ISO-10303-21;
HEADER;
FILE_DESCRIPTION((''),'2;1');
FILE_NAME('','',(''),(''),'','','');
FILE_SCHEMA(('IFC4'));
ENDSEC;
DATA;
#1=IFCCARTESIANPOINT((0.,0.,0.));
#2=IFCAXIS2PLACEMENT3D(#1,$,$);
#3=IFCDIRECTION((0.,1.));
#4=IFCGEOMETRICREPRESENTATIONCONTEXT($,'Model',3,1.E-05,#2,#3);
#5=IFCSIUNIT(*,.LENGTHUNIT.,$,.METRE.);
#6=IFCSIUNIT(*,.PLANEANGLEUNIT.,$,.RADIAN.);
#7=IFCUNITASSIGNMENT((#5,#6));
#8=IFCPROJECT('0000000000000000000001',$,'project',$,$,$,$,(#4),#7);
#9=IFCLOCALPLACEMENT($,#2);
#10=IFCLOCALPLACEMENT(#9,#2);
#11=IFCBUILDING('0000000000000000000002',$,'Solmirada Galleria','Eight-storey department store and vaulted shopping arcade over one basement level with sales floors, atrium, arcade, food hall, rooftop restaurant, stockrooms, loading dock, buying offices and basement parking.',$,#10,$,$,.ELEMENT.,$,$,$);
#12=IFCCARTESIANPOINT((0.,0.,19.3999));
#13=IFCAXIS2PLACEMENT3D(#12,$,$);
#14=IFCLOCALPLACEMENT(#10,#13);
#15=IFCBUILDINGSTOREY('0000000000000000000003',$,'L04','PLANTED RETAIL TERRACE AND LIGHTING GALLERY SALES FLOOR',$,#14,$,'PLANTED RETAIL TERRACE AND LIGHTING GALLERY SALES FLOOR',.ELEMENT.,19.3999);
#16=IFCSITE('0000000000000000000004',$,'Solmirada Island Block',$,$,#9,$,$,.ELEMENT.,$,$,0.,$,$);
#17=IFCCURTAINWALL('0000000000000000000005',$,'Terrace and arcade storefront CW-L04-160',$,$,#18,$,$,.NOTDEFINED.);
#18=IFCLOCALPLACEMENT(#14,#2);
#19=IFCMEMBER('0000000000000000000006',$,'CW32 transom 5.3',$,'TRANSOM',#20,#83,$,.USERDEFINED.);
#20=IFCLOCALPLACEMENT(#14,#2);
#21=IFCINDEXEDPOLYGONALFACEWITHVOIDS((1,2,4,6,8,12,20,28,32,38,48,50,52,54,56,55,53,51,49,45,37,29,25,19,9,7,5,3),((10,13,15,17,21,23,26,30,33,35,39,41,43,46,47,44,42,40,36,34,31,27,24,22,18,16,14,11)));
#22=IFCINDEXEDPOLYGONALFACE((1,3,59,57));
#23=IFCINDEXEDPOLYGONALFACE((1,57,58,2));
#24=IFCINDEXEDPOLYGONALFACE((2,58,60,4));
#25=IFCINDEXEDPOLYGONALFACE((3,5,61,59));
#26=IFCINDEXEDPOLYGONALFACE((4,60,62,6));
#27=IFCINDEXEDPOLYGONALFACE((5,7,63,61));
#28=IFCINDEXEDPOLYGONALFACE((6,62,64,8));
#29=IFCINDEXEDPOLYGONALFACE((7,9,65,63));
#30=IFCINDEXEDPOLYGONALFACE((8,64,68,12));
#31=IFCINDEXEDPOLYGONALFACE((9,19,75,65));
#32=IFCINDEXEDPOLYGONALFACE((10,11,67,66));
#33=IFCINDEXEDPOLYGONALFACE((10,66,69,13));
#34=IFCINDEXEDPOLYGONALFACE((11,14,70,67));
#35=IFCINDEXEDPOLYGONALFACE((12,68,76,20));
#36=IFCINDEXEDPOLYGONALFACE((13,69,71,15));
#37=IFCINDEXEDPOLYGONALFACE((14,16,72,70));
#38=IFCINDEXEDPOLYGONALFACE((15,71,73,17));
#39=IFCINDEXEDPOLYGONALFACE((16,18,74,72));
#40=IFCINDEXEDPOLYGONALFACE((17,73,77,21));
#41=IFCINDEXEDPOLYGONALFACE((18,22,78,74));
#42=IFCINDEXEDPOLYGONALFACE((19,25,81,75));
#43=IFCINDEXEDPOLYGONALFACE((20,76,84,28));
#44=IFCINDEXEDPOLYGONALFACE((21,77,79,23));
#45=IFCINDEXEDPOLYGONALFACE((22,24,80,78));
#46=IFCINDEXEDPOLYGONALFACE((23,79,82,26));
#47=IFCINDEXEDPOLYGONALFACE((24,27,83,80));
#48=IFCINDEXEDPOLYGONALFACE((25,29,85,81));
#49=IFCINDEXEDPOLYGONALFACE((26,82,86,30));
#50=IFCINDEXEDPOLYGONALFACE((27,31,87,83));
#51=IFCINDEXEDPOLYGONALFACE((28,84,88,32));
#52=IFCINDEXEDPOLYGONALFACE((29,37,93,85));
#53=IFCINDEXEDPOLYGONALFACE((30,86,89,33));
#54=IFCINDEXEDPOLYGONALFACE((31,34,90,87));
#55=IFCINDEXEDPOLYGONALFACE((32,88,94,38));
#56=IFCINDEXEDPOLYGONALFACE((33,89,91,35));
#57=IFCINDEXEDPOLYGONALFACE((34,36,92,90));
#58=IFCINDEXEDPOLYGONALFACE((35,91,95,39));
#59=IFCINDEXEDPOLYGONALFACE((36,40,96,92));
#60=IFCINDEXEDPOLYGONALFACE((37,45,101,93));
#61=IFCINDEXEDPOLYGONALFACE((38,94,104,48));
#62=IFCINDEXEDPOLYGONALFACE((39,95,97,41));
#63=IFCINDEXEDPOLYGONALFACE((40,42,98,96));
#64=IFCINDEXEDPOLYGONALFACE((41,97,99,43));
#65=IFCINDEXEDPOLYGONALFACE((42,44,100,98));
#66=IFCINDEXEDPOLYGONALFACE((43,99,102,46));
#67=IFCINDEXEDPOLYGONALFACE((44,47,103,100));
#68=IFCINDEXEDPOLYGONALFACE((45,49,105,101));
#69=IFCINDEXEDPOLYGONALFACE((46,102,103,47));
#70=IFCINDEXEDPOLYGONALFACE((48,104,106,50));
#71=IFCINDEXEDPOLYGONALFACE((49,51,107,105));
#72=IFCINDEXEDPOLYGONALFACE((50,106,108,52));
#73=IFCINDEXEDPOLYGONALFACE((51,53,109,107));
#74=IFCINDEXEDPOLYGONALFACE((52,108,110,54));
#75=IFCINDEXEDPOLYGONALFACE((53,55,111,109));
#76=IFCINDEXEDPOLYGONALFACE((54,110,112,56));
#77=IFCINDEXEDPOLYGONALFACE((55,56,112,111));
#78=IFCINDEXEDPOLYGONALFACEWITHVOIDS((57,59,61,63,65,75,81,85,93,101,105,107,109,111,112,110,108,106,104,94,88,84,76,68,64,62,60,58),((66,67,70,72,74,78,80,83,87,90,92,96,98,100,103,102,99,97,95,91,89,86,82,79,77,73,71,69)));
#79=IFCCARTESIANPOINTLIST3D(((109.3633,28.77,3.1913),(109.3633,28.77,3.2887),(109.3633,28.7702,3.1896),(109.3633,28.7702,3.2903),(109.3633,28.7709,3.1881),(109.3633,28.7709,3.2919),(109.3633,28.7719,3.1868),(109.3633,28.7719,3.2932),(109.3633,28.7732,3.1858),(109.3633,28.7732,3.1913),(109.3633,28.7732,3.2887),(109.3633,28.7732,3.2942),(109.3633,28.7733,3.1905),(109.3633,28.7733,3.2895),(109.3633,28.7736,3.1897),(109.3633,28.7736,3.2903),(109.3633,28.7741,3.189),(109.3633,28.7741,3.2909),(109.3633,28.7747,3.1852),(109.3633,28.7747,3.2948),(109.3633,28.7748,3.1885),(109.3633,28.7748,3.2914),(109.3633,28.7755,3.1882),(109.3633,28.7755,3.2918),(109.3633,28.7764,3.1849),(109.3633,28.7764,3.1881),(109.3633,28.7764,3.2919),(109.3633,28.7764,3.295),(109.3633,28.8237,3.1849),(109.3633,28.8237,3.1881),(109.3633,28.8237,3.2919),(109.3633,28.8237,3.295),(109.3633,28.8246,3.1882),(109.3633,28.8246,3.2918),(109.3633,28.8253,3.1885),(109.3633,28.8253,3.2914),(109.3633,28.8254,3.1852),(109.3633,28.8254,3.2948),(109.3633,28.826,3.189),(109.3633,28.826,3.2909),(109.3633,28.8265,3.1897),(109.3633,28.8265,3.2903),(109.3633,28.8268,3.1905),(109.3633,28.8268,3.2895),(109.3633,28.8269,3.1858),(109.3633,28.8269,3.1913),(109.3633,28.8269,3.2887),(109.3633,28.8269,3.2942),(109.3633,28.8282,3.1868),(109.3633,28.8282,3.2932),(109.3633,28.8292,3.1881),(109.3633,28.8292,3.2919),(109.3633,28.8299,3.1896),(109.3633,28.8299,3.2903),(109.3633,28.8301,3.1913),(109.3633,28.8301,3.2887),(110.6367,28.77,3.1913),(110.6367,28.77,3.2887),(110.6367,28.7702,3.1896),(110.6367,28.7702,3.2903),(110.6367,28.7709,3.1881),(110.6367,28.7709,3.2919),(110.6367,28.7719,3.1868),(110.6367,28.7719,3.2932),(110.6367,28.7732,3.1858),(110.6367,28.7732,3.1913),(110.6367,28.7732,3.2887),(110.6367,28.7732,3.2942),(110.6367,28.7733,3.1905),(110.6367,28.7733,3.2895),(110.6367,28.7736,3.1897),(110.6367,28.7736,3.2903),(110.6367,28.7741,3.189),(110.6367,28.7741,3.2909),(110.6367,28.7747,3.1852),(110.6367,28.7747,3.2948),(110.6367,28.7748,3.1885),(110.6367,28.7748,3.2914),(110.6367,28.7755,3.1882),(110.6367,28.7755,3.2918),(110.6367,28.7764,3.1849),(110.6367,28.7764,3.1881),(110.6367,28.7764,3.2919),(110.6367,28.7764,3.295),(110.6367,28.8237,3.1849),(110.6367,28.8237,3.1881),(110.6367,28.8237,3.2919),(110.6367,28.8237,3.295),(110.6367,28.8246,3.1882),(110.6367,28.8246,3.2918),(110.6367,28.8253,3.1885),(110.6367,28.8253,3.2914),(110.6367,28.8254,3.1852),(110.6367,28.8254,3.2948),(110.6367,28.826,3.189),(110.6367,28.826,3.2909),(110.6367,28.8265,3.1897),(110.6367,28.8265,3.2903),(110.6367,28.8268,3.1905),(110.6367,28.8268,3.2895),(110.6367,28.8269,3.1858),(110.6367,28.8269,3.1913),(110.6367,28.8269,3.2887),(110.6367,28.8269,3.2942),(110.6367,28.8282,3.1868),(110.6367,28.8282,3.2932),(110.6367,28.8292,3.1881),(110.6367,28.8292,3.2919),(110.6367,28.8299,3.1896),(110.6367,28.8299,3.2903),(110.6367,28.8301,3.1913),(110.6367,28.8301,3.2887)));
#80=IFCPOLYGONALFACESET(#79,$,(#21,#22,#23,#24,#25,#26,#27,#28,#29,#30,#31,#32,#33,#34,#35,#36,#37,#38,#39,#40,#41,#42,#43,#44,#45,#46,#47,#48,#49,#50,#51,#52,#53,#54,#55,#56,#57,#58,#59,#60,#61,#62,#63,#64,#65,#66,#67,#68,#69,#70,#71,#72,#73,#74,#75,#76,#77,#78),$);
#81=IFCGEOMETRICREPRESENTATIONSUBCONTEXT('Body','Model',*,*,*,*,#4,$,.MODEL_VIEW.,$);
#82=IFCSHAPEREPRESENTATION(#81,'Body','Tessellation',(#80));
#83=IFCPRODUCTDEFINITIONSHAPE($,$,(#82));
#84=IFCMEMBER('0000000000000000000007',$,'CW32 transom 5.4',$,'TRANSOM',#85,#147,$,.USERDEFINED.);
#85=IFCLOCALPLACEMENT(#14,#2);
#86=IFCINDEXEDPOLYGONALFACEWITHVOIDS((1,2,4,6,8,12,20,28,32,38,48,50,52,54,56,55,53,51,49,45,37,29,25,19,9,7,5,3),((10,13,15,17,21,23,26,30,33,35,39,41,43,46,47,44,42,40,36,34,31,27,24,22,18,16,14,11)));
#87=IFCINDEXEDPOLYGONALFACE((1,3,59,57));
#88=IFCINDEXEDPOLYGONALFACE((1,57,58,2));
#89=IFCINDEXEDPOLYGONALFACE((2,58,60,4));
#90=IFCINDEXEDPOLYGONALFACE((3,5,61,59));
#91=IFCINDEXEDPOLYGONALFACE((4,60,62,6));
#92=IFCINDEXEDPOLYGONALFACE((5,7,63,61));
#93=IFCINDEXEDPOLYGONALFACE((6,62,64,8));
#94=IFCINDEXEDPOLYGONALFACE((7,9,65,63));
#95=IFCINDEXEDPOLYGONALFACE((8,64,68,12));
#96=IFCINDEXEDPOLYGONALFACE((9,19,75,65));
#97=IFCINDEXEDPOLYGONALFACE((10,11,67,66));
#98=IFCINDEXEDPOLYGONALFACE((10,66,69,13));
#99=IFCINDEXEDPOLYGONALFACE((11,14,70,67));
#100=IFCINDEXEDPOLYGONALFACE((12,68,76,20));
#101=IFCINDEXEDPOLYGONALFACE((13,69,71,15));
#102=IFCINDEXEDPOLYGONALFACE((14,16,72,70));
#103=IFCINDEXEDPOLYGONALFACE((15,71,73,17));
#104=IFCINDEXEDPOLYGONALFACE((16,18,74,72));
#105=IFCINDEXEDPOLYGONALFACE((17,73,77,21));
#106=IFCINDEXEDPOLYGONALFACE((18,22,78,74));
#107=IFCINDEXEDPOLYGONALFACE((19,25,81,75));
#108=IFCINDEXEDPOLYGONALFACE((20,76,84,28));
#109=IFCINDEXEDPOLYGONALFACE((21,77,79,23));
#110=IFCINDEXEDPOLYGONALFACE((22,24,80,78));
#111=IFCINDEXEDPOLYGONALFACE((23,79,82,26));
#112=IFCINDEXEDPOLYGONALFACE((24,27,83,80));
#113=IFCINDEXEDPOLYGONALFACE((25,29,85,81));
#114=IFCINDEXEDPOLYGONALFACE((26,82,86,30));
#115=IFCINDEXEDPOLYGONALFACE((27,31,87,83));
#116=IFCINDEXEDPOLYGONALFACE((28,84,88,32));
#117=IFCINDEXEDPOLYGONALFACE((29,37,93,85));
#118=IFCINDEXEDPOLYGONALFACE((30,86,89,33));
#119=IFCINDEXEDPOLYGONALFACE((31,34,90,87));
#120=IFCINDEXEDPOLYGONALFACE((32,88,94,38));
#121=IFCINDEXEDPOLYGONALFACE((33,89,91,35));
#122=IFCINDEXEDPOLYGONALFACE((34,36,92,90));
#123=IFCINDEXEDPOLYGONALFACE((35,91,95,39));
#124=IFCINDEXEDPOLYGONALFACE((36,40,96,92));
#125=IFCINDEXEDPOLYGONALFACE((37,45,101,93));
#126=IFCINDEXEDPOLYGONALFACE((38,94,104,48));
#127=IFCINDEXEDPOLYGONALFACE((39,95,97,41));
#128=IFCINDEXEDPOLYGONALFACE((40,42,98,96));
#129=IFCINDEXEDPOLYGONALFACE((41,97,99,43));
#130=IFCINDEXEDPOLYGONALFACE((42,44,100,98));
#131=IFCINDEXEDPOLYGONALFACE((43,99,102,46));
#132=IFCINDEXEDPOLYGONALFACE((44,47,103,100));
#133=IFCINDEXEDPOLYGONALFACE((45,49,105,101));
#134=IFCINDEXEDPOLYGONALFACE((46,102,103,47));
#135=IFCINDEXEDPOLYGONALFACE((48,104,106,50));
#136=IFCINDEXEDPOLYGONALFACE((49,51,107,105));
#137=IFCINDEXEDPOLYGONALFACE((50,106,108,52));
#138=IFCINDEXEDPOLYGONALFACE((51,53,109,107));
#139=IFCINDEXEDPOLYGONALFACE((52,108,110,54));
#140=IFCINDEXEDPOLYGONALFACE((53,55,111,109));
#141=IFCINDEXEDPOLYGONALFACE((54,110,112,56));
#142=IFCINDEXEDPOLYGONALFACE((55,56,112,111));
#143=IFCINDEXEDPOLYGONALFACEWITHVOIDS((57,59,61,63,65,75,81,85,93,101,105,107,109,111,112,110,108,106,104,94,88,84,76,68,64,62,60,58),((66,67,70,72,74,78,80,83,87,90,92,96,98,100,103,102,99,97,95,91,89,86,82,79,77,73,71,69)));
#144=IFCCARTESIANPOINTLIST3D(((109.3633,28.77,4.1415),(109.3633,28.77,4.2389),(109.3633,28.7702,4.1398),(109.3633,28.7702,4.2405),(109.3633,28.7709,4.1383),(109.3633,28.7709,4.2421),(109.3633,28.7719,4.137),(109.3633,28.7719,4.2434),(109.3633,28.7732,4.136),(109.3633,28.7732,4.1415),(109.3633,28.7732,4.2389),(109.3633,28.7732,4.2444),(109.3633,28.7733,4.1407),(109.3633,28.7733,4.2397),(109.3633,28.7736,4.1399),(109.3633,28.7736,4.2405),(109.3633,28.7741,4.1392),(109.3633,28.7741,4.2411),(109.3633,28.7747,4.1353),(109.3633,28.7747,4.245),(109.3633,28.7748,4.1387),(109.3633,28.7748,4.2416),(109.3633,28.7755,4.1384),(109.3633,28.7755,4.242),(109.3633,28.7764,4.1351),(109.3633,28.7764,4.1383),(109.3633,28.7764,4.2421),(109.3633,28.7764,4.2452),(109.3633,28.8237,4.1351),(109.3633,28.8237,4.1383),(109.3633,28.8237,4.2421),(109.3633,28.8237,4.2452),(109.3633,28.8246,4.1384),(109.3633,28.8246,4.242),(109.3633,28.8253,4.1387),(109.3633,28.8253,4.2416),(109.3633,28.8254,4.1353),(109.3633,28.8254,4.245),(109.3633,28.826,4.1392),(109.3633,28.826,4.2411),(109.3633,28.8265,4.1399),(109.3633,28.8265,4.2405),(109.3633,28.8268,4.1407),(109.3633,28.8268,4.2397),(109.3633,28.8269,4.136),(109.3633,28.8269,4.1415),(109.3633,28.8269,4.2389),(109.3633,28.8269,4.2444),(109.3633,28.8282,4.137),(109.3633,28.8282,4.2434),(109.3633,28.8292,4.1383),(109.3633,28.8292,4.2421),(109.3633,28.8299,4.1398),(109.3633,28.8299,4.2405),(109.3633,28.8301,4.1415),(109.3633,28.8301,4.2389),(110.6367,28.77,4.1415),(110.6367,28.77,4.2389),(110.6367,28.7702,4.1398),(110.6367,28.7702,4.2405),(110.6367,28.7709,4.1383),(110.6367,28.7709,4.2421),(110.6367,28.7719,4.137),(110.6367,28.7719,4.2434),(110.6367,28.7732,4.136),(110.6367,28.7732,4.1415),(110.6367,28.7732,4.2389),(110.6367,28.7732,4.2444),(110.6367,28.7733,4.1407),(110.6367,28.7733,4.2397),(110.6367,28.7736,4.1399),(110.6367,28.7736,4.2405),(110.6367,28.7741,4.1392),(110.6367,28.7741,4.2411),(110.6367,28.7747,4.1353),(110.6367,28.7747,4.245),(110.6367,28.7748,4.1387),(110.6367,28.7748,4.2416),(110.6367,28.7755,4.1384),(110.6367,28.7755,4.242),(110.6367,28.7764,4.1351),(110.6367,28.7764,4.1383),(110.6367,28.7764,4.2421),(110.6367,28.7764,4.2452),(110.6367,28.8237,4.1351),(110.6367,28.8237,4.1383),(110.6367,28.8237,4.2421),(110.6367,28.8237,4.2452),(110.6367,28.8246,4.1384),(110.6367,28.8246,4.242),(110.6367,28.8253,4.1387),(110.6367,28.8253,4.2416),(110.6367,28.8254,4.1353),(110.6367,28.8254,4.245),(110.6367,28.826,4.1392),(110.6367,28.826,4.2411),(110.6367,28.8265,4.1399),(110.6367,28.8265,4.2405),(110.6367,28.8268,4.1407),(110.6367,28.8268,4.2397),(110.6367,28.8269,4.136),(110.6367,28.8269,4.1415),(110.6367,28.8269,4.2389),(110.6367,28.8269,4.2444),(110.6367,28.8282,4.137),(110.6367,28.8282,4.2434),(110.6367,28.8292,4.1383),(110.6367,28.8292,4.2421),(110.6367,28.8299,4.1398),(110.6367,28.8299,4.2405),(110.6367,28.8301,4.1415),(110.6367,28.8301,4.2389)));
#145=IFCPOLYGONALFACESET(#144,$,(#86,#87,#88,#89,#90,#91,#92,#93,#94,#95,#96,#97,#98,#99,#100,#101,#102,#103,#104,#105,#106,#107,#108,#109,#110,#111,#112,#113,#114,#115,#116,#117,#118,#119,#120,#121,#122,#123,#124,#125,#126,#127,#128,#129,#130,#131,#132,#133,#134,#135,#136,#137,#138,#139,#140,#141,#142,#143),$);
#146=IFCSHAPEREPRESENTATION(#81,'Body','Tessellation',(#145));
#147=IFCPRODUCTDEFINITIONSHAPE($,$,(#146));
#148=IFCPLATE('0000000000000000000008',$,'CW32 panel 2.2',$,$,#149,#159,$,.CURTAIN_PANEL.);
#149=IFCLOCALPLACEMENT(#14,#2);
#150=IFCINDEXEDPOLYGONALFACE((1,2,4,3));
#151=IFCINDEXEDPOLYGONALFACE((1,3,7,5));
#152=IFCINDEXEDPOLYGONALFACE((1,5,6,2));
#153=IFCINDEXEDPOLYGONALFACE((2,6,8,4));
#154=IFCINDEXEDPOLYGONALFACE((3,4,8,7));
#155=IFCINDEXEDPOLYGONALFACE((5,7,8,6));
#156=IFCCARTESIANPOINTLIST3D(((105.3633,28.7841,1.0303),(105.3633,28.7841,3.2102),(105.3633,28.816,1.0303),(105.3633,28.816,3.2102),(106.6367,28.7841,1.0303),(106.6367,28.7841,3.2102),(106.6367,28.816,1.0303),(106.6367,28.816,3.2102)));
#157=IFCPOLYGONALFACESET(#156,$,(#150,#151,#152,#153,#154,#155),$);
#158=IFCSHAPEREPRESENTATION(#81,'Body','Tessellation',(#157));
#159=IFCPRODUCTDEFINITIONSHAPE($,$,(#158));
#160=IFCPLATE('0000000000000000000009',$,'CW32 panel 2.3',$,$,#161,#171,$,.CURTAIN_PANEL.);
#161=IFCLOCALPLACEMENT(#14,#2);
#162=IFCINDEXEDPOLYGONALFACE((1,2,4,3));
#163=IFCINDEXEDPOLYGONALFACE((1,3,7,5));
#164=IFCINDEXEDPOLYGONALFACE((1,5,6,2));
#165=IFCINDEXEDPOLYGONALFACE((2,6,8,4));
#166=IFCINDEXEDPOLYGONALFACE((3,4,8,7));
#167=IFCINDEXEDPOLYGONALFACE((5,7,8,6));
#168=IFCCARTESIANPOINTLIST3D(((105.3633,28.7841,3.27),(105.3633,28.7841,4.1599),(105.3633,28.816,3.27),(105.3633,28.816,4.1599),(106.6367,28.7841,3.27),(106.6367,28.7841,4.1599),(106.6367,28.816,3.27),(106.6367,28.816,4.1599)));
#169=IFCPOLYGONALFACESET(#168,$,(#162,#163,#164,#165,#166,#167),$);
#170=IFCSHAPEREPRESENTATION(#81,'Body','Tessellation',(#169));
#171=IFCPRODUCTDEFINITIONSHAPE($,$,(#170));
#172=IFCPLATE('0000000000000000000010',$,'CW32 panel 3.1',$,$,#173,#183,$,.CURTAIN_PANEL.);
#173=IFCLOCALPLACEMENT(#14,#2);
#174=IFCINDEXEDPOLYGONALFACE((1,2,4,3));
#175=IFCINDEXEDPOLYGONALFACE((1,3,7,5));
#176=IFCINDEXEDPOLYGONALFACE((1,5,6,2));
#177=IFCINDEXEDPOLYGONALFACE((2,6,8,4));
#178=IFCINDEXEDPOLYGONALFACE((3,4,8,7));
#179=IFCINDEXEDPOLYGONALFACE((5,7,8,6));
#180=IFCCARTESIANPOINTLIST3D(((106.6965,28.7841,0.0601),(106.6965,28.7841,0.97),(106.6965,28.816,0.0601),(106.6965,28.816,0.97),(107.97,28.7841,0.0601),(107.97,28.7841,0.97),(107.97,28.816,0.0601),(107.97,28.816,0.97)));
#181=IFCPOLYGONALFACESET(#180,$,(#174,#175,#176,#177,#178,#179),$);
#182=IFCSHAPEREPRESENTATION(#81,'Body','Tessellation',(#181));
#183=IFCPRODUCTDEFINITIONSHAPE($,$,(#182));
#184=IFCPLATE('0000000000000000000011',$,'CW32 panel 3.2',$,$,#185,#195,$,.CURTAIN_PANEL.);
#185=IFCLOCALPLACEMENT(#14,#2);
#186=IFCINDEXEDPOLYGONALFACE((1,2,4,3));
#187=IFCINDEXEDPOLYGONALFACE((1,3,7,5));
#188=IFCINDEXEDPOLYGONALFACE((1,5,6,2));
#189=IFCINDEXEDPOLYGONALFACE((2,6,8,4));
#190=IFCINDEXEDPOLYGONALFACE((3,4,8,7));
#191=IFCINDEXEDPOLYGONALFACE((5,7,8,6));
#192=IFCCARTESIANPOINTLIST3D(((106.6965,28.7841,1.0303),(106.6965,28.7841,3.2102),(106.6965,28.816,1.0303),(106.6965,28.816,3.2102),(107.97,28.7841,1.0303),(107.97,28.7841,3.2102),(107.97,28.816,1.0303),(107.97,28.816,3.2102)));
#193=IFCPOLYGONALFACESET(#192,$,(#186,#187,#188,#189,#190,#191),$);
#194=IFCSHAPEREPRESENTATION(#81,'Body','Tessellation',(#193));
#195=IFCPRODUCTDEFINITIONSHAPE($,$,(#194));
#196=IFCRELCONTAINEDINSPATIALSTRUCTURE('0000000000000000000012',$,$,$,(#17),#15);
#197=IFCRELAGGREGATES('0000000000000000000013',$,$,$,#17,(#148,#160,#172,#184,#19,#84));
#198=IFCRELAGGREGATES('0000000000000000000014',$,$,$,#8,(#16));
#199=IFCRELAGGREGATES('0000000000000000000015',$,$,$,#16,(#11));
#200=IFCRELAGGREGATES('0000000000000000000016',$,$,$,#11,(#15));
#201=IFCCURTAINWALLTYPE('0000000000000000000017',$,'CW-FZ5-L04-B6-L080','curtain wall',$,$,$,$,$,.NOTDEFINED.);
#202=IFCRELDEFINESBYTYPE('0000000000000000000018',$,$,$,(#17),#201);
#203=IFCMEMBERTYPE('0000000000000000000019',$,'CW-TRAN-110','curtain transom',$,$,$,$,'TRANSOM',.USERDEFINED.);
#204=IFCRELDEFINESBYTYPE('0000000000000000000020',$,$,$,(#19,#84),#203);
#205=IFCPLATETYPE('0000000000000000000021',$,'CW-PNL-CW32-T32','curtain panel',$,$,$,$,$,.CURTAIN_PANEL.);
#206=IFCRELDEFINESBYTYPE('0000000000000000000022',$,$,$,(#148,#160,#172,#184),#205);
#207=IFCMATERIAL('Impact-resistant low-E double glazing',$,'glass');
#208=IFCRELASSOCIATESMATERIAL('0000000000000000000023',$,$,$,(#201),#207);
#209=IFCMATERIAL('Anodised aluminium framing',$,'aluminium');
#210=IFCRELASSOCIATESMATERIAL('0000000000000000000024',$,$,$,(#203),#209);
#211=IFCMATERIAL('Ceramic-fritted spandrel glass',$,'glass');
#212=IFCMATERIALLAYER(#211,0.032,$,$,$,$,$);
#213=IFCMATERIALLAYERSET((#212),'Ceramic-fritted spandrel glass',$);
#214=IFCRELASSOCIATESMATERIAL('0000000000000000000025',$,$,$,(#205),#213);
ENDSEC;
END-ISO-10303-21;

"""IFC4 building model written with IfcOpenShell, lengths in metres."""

from ifc_helpers import new_model, si_unit, direction, frame, origin, origin_2d, place, context, subcontext, project, spatial, rectangle, hollow_rectangle, extrude, material, layer, layer_set, material_profile, profile_set, type_object, element, aggregate, save


model = new_model("IFC4")

# Units and contexts
model_context = context("Model", 3, precision=1e-05, world=origin(), true_north=direction((0.0, 1.0)))
body_context = subcontext(model_context, "Body", "Model", "MODEL_VIEW")
ifc_project = project(units=[si_unit("LENGTHUNIT", "METRE"), si_unit("PLANEANGLEUNIT", "RADIAN")], contexts=[model_context])

# Site, building, storey
site_placement = place(None, origin())
site = spatial("IfcSite", under=ifc_project, at=site_placement, Name="Solmirada Island Block", CompositionType="ELEMENT", RefElevation=0.0)
building_placement = place(site_placement, origin())
building = spatial("IfcBuilding", under=site, at=building_placement, Name="Solmirada Galleria", Description="Eight-storey department store and vaulted shopping arcade over one basement level with sales floors, atrium, arcade, food hall, rooftop restaurant, stockrooms, loading dock, buying offices and basement parking.", CompositionType="ELEMENT")
storey_placement = place(building_placement, frame((0.0, 0.0, 19.3999)))
storey = spatial("IfcBuildingStorey", under=building, at=storey_placement, Name="L04", Description="PLANTED RETAIL TERRACE AND LIGHTING GALLERY SALES FLOOR", LongName="PLANTED RETAIL TERRACE AND LIGHTING GALLERY SALES FLOOR", CompositionType="ELEMENT", Elevation=19.3999)

# Curtain wall, members, plates
ifc_material_1 = material(Name="Impact-resistant low-E double glazing", Category="glass")
curtain_wall_type = type_object("IfcCurtainWallType", Name="CW-FZ5-L04-B6-L080", Description="curtain wall", PredefinedType="NOTDEFINED", material=ifc_material_1)
curtain_wall_placement = place(storey_placement, origin())
curtain_wall = element("IfcCurtainWall", 1, at=curtain_wall_placement, inside=storey, type_object=curtain_wall_type, Name="Terrace and arcade storefront CW-L04-160", PredefinedType="NOTDEFINED")
ifc_material_2 = material(Name="Anodised aluminium framing", Category="aluminium")
ifc_material_profile_1 = material_profile(ifc_material_2, hollow_rectangle(XDim=0.0601, YDim=0.1101, WallThickness=0.0032, InnerFilletRadius=0.0032, OuterFilletRadius=0.0063, at=origin_2d()), Name="ALU-TRAN-110X60")
ifc_profile_set_1 = profile_set([ifc_material_profile_1], Name="Anodised aluminium framing")
member_type_1 = type_object("IfcMemberType", Name="CW-TRAN-110", Description="curtain transom", ElementType="TRANSOM", PredefinedType="USERDEFINED", material=ifc_profile_set_1)
member_1_placement = place(storey_placement, frame((109.3633, 28.8, 3.24), z_axis=(1.0, 0.0, 0.0), x_axis=(0.0, 1.0, 0.0)))
member_1 = element("IfcMember", 2, at=member_1_placement, type_object=member_type_1, Name="CW32 transom 5.3", ObjectType="TRANSOM", PredefinedType="USERDEFINED", context=body_context, shape_type="SweptSolid", body=[
    extrude(hollow_rectangle(XDim=0.0601, YDim=0.1101, WallThickness=0.0032, InnerFilletRadius=0.0032, OuterFilletRadius=0.0063, at=origin_2d()), origin(), (0.0, 0.0, 1.0), 1.2734),
])
member_2_placement = place(storey_placement, frame((109.3633, 28.8, 4.1902), z_axis=(1.0, 0.0, 0.0), x_axis=(0.0, 1.0, 0.0)))
member_2 = element("IfcMember", 3, at=member_2_placement, type_object=member_type_1, Name="CW32 transom 5.4", ObjectType="TRANSOM", PredefinedType="USERDEFINED", context=body_context, shape_type="SweptSolid", body=[
    extrude(hollow_rectangle(XDim=0.0601, YDim=0.1101, WallThickness=0.0032, InnerFilletRadius=0.0032, OuterFilletRadius=0.0063, at=origin_2d()), origin(), (0.0, 0.0, 1.0), 1.2734),
])
ifc_material_3 = material(Name="Ceramic-fritted spandrel glass", Category="glass")
ifc_layer = layer(ifc_material_3, 0.032)
ifc_layer_set = layer_set([ifc_layer], Name="Ceramic-fritted spandrel glass")
plate_type = type_object("IfcPlateType", Name="CW-PNL-CW32-T32", Description="curtain panel", PredefinedType="CURTAIN_PANEL", material=ifc_layer_set)
plate_1_placement = place(storey_placement, frame((106.0, 28.8, 1.0303), z_axis=(0.0, 0.0, 1.0), x_axis=(1.0, 0.0, 0.0)))
plate_1 = element("IfcPlate", 4, at=plate_1_placement, type_object=plate_type, Name="CW32 panel 2.2", PredefinedType="CURTAIN_PANEL", context=body_context, shape_type="SweptSolid", body=[
    extrude(rectangle(XDim=1.2734, YDim=0.032, at=origin_2d()), origin(), (0.0, 0.0, 1.0), 2.1799),
])
plate_2_placement = place(storey_placement, frame((106.0, 28.8, 3.27), z_axis=(0.0, 0.0, 1.0), x_axis=(1.0, 0.0, 0.0)))
plate_2 = element("IfcPlate", 5, at=plate_2_placement, type_object=plate_type, Name="CW32 panel 2.3", PredefinedType="CURTAIN_PANEL", context=body_context, shape_type="SweptSolid", body=[
    extrude(rectangle(XDim=1.2734, YDim=0.032, at=origin_2d()), origin(), (0.0, 0.0, 1.0), 0.8899),
])
plate_3_placement = place(storey_placement, frame((107.3333, 28.8, 0.0601), z_axis=(0.0, 0.0, 1.0), x_axis=(1.0, 0.0, 0.0)))
plate_3 = element("IfcPlate", 6, at=plate_3_placement, type_object=plate_type, Name="CW32 panel 3.1", PredefinedType="CURTAIN_PANEL", context=body_context, shape_type="SweptSolid", body=[
    extrude(rectangle(XDim=1.2734, YDim=0.032, at=origin_2d()), origin(), (0.0, 0.0, 1.0), 0.9099),
])
plate_4_placement = place(storey_placement, frame((107.3333, 28.8, 1.0303), z_axis=(0.0, 0.0, 1.0), x_axis=(1.0, 0.0, 0.0)))
plate_4 = element("IfcPlate", 7, at=plate_4_placement, type_object=plate_type, Name="CW32 panel 3.2", PredefinedType="CURTAIN_PANEL", context=body_context, shape_type="SweptSolid", body=[
    extrude(rectangle(XDim=1.2734, YDim=0.032, at=origin_2d()), origin(), (0.0, 0.0, 1.0), 2.1799),
])
aggregate(curtain_wall, [plate_1, plate_2, plate_3, plate_4, member_1, member_2])

save(model, "model.ifc")
